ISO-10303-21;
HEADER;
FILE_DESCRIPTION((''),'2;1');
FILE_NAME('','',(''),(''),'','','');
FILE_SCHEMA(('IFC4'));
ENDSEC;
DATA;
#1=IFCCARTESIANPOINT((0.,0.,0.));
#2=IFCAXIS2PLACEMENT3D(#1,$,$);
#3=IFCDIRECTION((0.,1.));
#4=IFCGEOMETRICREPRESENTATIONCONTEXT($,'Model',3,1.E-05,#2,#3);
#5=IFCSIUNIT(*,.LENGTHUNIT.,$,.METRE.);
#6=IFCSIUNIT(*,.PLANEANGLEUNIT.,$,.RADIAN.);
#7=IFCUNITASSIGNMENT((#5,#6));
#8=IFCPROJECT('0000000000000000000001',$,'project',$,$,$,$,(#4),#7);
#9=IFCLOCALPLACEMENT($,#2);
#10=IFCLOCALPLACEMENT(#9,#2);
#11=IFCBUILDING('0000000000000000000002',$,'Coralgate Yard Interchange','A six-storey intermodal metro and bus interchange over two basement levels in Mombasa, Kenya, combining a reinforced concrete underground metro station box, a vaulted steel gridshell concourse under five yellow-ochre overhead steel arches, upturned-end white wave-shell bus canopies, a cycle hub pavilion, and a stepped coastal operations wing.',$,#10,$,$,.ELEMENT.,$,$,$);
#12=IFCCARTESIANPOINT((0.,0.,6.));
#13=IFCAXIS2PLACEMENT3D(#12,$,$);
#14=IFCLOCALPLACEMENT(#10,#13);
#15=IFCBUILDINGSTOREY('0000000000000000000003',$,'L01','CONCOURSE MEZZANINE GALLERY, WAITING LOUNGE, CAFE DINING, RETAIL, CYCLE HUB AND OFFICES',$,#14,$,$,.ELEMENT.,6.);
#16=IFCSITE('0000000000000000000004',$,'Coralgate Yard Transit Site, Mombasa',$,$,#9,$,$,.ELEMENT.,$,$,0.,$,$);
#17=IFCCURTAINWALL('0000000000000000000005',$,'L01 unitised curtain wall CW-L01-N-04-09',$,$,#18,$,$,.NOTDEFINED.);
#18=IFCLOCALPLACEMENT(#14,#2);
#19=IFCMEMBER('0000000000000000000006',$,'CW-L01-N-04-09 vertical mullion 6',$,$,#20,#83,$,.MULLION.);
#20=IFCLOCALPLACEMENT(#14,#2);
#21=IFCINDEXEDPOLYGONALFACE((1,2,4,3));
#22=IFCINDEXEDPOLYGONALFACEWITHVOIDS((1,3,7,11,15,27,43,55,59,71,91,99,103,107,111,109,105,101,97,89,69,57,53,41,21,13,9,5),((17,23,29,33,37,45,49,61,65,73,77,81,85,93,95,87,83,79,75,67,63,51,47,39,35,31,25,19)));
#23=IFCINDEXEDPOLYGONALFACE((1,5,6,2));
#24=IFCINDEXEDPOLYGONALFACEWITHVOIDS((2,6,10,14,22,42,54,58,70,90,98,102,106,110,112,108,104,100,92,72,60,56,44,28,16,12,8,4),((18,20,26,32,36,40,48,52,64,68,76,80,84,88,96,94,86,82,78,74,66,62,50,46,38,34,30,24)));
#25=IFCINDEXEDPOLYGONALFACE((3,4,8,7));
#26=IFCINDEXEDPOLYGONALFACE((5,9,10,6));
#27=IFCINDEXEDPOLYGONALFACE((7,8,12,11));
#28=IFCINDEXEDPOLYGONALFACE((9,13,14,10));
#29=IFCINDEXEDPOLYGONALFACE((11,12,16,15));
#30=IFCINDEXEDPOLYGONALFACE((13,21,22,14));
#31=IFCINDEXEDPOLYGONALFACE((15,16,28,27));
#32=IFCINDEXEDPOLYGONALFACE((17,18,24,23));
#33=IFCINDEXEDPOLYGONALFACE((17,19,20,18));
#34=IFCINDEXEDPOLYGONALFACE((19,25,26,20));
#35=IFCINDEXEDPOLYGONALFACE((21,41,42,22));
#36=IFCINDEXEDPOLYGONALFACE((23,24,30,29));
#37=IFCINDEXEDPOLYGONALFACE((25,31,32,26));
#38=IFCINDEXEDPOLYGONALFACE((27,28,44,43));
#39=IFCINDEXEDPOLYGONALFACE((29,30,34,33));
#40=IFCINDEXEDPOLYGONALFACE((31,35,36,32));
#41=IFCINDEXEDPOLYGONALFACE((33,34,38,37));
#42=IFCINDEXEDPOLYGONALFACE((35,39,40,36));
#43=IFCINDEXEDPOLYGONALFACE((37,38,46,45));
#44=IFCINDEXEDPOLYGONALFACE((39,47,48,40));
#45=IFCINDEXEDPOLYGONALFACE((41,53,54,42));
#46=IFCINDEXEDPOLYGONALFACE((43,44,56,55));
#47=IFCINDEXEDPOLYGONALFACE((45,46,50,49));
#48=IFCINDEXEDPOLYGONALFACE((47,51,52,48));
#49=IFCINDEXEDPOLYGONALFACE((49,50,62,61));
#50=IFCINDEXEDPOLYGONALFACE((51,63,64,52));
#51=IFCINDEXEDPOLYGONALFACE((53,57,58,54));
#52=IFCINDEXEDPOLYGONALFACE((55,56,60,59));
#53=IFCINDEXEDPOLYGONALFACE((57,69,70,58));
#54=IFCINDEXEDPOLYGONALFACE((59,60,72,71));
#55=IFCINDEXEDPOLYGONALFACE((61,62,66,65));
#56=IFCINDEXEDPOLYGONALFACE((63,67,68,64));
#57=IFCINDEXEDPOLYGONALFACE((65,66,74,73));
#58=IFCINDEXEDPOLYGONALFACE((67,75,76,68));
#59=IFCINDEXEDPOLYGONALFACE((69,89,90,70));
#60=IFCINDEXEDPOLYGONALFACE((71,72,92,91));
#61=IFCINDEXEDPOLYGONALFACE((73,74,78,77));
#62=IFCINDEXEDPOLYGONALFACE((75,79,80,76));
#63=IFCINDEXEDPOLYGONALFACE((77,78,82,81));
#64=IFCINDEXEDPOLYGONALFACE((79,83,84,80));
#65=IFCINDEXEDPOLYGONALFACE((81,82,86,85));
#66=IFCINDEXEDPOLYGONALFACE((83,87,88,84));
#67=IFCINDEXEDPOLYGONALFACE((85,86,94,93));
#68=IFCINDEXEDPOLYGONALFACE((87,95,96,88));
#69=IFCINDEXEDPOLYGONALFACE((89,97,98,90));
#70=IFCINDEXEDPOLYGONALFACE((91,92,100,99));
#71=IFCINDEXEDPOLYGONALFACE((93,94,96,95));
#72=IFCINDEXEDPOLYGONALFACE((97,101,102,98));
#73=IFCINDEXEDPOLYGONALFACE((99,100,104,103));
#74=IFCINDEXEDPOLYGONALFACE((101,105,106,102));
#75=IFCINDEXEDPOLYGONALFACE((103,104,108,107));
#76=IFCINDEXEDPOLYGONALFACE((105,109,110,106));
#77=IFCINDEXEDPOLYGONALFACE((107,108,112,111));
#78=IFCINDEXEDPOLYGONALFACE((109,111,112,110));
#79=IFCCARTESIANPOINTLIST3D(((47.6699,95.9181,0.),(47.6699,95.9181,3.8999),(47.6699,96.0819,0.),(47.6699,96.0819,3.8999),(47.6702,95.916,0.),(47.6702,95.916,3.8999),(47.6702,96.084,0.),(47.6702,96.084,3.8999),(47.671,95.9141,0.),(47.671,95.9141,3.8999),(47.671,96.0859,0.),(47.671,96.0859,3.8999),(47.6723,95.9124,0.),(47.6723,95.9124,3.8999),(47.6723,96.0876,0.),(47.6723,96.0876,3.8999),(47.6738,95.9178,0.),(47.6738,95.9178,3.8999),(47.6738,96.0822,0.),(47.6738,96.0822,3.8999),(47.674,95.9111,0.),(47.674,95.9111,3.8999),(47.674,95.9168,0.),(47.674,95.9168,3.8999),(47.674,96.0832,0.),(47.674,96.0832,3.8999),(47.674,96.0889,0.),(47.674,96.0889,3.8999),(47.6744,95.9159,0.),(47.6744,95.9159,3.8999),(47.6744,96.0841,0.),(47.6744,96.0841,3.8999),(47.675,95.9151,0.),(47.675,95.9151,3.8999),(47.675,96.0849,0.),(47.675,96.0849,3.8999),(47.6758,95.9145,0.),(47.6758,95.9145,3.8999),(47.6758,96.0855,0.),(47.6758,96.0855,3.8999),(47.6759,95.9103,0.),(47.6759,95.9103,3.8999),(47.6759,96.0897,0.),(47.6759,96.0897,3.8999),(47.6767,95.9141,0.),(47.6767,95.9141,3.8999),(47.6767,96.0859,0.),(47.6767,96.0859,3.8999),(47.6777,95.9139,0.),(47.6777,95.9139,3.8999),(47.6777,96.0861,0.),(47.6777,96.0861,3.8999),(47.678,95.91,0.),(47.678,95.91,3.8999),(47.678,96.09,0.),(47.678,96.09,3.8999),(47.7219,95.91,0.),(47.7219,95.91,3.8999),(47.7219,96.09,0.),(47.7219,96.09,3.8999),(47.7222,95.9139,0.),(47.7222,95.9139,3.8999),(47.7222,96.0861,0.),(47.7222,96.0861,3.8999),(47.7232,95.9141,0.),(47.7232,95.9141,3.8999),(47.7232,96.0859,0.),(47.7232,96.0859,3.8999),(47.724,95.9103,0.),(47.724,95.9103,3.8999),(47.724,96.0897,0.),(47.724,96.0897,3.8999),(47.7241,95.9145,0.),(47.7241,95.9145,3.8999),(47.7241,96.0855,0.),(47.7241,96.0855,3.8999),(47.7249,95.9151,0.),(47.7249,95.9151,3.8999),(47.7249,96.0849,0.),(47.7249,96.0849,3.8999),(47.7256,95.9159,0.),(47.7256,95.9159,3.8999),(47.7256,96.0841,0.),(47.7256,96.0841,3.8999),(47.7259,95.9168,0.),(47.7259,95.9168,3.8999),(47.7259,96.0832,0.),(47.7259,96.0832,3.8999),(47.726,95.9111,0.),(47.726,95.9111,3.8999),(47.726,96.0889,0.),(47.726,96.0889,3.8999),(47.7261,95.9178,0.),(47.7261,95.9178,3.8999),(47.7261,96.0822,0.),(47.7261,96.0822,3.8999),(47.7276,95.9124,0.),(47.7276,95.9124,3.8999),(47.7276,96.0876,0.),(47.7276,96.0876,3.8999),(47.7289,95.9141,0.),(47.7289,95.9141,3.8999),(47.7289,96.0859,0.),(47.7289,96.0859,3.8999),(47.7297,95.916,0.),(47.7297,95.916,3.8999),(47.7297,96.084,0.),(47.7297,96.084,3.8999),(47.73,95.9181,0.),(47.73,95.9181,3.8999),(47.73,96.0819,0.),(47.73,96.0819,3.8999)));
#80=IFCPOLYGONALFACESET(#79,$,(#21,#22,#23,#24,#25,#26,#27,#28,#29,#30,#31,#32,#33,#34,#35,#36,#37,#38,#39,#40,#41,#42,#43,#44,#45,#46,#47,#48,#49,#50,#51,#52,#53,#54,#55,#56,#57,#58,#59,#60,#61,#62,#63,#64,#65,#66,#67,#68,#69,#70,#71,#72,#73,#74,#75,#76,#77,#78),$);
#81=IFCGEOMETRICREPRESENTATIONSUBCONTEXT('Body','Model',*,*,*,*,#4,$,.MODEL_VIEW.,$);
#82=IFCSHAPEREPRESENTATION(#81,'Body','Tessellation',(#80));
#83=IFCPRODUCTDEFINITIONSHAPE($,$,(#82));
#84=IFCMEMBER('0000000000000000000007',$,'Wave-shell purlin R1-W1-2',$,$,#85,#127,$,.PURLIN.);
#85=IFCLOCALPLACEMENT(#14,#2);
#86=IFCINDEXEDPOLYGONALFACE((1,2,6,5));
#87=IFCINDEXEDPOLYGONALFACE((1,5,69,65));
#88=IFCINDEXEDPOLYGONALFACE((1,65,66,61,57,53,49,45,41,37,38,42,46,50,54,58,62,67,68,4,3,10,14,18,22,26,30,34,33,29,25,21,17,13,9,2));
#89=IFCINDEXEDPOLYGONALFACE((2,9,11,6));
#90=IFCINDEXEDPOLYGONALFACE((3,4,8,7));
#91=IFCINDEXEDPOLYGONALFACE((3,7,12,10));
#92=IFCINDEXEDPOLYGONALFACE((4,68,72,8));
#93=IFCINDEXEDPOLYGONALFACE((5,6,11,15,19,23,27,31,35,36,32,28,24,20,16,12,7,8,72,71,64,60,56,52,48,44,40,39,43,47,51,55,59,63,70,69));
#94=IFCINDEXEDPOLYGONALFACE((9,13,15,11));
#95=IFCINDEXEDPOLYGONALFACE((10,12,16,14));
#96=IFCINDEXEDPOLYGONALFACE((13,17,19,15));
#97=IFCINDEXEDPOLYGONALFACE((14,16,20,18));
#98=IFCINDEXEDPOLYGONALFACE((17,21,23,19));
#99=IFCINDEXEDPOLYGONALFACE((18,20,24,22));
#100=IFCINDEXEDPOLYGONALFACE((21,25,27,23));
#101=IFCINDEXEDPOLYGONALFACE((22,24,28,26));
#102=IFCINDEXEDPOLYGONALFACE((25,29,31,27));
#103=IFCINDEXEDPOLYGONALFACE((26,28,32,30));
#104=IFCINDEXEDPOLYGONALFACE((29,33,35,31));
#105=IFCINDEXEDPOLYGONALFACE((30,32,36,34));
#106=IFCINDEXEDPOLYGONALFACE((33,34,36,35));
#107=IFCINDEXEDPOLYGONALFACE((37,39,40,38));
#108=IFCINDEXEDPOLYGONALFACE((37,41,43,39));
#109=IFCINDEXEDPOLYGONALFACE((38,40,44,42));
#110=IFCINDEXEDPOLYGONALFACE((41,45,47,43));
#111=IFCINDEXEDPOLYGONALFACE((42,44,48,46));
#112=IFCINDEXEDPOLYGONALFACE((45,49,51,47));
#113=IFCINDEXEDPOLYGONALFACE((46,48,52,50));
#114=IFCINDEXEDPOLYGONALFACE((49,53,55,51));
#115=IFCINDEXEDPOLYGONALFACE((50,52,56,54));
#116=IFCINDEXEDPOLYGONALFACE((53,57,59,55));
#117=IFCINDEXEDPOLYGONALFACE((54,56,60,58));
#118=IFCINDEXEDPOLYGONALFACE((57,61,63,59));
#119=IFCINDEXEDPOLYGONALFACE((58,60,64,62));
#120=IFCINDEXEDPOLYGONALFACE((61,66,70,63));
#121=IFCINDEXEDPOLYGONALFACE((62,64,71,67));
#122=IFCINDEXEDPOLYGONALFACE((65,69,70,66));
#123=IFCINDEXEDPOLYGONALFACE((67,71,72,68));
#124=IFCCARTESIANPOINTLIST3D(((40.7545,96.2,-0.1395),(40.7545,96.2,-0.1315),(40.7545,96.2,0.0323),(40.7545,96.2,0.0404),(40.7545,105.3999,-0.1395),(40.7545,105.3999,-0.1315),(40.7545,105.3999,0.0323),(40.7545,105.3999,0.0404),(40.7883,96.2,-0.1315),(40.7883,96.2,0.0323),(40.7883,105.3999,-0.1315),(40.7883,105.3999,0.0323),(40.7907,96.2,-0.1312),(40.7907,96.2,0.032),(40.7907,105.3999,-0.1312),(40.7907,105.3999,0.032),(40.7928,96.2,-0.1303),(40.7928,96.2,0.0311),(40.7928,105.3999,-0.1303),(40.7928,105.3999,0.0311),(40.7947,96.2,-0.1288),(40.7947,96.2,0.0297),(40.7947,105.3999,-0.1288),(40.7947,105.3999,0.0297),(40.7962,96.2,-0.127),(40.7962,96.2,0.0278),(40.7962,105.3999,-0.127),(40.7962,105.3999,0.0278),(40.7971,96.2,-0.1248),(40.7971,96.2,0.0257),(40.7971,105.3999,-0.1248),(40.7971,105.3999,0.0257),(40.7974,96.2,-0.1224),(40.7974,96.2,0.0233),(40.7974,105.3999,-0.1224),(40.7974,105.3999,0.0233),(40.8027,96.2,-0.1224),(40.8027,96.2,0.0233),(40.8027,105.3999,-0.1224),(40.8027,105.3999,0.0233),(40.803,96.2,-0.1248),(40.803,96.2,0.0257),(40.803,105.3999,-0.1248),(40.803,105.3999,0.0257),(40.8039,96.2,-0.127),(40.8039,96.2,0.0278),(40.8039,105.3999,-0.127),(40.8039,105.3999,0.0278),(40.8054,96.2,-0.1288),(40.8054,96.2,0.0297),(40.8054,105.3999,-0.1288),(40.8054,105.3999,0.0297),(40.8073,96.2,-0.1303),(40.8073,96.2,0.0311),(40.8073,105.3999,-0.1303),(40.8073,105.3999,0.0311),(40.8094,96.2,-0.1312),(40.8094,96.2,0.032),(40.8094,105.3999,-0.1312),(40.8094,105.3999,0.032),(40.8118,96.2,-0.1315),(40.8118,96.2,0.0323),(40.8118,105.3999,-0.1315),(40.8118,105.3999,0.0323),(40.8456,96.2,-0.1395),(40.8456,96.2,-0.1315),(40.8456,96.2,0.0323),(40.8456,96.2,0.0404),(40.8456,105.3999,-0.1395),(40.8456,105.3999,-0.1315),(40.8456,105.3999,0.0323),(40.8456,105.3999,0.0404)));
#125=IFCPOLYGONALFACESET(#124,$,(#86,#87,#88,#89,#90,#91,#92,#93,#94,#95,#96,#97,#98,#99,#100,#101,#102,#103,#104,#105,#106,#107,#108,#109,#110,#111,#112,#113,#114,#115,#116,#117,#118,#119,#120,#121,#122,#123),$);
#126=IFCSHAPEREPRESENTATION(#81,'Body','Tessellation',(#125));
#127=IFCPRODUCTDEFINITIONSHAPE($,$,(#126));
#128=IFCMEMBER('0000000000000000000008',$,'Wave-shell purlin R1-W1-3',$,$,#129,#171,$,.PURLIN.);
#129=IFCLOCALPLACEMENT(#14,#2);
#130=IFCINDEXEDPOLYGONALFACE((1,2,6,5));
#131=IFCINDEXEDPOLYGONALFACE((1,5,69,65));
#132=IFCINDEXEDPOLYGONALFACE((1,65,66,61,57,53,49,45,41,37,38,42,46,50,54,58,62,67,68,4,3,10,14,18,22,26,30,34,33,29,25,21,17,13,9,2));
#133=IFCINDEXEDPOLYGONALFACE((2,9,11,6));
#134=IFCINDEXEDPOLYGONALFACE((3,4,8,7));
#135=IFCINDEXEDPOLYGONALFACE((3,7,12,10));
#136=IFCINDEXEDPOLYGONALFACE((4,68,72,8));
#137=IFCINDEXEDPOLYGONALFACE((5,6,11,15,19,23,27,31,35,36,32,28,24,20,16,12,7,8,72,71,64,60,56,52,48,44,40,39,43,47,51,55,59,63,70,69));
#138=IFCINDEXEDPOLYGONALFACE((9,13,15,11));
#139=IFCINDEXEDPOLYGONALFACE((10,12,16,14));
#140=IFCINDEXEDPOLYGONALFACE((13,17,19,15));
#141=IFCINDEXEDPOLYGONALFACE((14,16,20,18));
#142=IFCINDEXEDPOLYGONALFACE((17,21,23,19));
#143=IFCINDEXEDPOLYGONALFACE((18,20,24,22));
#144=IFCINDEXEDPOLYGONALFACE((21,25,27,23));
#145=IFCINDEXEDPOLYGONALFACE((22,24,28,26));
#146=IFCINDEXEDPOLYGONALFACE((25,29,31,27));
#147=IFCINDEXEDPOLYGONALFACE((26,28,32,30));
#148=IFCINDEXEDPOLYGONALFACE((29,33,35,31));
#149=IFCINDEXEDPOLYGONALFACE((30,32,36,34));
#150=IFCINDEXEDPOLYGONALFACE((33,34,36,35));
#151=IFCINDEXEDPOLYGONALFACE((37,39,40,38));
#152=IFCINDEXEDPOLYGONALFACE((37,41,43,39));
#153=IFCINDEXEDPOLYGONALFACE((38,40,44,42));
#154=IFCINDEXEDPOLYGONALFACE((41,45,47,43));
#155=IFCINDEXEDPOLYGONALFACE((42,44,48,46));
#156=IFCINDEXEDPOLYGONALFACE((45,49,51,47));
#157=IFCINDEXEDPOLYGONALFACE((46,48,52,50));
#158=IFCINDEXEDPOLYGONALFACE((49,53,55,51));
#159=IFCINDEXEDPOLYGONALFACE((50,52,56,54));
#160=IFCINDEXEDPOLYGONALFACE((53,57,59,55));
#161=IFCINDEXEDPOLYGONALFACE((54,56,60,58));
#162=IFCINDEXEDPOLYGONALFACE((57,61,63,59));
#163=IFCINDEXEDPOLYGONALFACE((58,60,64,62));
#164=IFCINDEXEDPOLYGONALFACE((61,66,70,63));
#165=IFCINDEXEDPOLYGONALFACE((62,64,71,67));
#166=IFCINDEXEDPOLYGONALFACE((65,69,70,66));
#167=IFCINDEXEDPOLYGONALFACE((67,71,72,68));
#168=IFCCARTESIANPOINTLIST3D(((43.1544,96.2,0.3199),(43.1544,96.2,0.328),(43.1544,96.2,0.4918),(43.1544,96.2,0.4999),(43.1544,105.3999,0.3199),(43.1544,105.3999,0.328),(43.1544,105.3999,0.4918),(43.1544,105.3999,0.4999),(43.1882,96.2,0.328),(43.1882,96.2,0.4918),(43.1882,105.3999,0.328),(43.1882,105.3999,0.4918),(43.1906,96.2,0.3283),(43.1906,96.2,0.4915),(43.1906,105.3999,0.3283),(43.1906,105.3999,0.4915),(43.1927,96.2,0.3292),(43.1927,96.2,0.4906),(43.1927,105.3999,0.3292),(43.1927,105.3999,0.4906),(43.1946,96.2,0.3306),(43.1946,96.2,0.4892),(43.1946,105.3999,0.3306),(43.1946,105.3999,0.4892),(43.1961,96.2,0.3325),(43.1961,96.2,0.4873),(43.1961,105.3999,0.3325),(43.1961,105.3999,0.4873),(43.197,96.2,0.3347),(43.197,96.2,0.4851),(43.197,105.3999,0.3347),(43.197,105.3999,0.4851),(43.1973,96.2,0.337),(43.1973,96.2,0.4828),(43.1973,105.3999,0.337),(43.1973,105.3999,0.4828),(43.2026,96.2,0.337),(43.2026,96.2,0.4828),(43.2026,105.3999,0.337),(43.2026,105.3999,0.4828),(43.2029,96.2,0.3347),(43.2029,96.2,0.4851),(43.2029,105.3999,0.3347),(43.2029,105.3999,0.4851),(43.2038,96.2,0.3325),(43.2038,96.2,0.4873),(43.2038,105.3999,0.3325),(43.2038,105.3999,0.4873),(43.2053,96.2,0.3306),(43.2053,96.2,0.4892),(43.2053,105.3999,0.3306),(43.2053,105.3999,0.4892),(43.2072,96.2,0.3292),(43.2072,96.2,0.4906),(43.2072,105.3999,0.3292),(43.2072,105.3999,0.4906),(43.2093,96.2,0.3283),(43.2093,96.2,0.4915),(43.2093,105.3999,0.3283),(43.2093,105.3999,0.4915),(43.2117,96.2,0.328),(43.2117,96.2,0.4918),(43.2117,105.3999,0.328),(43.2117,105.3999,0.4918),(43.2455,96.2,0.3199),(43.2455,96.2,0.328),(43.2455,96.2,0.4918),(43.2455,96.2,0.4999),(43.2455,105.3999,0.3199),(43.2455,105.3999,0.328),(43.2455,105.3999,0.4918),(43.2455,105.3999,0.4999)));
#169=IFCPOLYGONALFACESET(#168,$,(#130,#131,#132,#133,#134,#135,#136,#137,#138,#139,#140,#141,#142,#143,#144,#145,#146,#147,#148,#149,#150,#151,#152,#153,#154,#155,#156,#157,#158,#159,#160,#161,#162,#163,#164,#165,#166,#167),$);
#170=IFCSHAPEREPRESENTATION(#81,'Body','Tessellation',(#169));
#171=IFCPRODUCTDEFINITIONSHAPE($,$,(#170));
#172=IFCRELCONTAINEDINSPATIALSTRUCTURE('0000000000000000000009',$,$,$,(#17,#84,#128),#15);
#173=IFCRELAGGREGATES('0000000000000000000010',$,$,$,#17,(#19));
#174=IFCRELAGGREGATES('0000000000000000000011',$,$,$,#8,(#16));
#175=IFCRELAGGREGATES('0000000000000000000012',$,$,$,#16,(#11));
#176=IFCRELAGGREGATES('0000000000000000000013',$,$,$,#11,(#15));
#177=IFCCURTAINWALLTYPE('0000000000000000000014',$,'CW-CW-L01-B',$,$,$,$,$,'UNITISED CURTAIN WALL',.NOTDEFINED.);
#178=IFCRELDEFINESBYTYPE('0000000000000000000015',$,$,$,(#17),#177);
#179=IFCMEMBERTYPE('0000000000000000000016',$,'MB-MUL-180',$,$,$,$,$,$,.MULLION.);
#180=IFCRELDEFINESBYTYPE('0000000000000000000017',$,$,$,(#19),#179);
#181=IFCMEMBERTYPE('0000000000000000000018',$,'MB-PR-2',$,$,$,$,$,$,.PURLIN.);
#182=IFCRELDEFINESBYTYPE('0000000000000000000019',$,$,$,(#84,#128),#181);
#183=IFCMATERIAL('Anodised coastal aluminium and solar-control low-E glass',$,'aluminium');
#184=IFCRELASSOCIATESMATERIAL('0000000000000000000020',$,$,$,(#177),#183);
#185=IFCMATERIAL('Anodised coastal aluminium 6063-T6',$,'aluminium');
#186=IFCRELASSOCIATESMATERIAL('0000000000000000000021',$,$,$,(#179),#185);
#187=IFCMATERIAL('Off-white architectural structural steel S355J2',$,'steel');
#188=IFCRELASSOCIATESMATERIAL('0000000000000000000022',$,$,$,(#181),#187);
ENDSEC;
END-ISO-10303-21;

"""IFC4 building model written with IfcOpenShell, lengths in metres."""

from ifc_helpers import new_model, si_unit, direction, frame, origin, origin_2d, place, context, subcontext, project, spatial, hollow_rectangle, i_section, extrude, material, material_profile, profile_set, type_object, element, aggregate, save


model = new_model("IFC4")

# Units and contexts
model_context = context("Model", 3, precision=1e-05, world=origin(), true_north=direction((0.0, 1.0)))
body_context = subcontext(model_context, "Body", "Model", "MODEL_VIEW")
ifc_project = project(units=[si_unit("LENGTHUNIT", "METRE"), si_unit("PLANEANGLEUNIT", "RADIAN")], contexts=[model_context])

# Site, building, storey
site_placement = place(None, origin())
site = spatial("IfcSite", under=ifc_project, at=site_placement, Name="Coralgate Yard Transit Site, Mombasa", CompositionType="ELEMENT", RefElevation=0.0)
building_placement = place(site_placement, origin())
building = spatial("IfcBuilding", under=site, at=building_placement, Name="Coralgate Yard Interchange", Description="A six-storey intermodal metro and bus interchange over two basement levels in Mombasa, Kenya, combining a reinforced concrete underground metro station box, a vaulted steel gridshell concourse under five yellow-ochre overhead steel arches, upturned-end white wave-shell bus canopies, a cycle hub pavilion, and a stepped coastal operations wing.", CompositionType="ELEMENT")
storey_placement = place(building_placement, frame((0.0, 0.0, 6.0)))
storey = spatial("IfcBuildingStorey", under=building, at=storey_placement, Name="L01", Description="CONCOURSE MEZZANINE GALLERY, WAITING LOUNGE, CAFE DINING, RETAIL, CYCLE HUB AND OFFICES", CompositionType="ELEMENT", Elevation=6.0)

# Shared definitions
ifc_material_1 = material(Name="Off-white architectural structural steel S355J2", Category="steel")

# Curtain wall, member
ifc_material_2 = material(Name="Anodised coastal aluminium and solar-control low-E glass", Category="aluminium")
curtain_wall_type = type_object("IfcCurtainWallType", Name="CW-CW-L01-B", ElementType="UNITISED CURTAIN WALL", PredefinedType="NOTDEFINED", material=ifc_material_2)
curtain_wall_placement = place(storey_placement, origin())
curtain_wall = element("IfcCurtainWall", 1, at=curtain_wall_placement, inside=storey, type_object=curtain_wall_type, Name="L01 unitised curtain wall CW-L01-N-04-09", PredefinedType="NOTDEFINED")
ifc_material_3 = material(Name="Anodised coastal aluminium 6063-T6", Category="aluminium")
ifc_material_profile_1 = material_profile(ifc_material_3, hollow_rectangle(XDim=0.0601, YDim=0.1799, WallThickness=0.0039, InnerFilletRadius=0.0039, OuterFilletRadius=0.0081, at=origin_2d()), Name="ALU 60x180x4")
ifc_profile_set_1 = profile_set([ifc_material_profile_1], Name="Anodised coastal aluminium 6063-T6")
member_type_1 = type_object("IfcMemberType", Name="MB-MUL-180", PredefinedType="MULLION", material=ifc_profile_set_1)
member_1_placement = place(storey_placement, frame((47.7, 96.0, 0.0), z_axis=(0.0, 0.0, 1.0), x_axis=(1.0, 0.0, 0.0)))
member_1 = element("IfcMember", 2, at=member_1_placement, type_object=member_type_1, Name="CW-L01-N-04-09 vertical mullion 6", PredefinedType="MULLION", context=body_context, shape_type="SweptSolid", body=[
    extrude(hollow_rectangle(XDim=0.0601, YDim=0.1799, WallThickness=0.0039, InnerFilletRadius=0.0039, OuterFilletRadius=0.0081, at=origin_2d()), origin(), (0.0, 0.0, 1.0), 3.8999),
])

# Members
ifc_material_profile_2 = material_profile(ifc_material_1, i_section(OverallWidth=0.0911, OverallDepth=0.1799, WebThickness=0.0054, FlangeThickness=0.0081, FilletRadius=0.009, at=origin_2d()), Name="IPE 180")
ifc_profile_set_2 = profile_set([ifc_material_profile_2], Name="Off-white architectural structural steel S355J2")
member_type_2 = type_object("IfcMemberType", Name="MB-PR-2", PredefinedType="PURLIN", material=ifc_profile_set_2)
for number, where, z_axis, x_axis, name in (
    (3, (40.8, 96.2, -0.0496), (0.0, 1.0, 0.0), (-1.0, 0.0, 0.0), "Wave-shell purlin R1-W1-2"),
    (4, (43.2, 96.2, 0.4099), (0.0, 1.0, 0.0), (-1.0, 0.0, 0.0), "Wave-shell purlin R1-W1-3"),
):
    element("IfcMember", number, at=place(storey_placement, frame(where, z_axis=z_axis, x_axis=x_axis)), inside=storey, type_object=member_type_2, Name=name, PredefinedType="PURLIN", context=body_context, shape_type="SweptSolid", body=[
        extrude(i_section(OverallWidth=0.0911, OverallDepth=0.1799, WebThickness=0.0054, FlangeThickness=0.0081, FilletRadius=0.009, at=origin_2d()), origin(), (0.0, 0.0, 1.0), 9.2),
    ])

aggregate(curtain_wall, [member_1])

save(model, "model.ifc")
